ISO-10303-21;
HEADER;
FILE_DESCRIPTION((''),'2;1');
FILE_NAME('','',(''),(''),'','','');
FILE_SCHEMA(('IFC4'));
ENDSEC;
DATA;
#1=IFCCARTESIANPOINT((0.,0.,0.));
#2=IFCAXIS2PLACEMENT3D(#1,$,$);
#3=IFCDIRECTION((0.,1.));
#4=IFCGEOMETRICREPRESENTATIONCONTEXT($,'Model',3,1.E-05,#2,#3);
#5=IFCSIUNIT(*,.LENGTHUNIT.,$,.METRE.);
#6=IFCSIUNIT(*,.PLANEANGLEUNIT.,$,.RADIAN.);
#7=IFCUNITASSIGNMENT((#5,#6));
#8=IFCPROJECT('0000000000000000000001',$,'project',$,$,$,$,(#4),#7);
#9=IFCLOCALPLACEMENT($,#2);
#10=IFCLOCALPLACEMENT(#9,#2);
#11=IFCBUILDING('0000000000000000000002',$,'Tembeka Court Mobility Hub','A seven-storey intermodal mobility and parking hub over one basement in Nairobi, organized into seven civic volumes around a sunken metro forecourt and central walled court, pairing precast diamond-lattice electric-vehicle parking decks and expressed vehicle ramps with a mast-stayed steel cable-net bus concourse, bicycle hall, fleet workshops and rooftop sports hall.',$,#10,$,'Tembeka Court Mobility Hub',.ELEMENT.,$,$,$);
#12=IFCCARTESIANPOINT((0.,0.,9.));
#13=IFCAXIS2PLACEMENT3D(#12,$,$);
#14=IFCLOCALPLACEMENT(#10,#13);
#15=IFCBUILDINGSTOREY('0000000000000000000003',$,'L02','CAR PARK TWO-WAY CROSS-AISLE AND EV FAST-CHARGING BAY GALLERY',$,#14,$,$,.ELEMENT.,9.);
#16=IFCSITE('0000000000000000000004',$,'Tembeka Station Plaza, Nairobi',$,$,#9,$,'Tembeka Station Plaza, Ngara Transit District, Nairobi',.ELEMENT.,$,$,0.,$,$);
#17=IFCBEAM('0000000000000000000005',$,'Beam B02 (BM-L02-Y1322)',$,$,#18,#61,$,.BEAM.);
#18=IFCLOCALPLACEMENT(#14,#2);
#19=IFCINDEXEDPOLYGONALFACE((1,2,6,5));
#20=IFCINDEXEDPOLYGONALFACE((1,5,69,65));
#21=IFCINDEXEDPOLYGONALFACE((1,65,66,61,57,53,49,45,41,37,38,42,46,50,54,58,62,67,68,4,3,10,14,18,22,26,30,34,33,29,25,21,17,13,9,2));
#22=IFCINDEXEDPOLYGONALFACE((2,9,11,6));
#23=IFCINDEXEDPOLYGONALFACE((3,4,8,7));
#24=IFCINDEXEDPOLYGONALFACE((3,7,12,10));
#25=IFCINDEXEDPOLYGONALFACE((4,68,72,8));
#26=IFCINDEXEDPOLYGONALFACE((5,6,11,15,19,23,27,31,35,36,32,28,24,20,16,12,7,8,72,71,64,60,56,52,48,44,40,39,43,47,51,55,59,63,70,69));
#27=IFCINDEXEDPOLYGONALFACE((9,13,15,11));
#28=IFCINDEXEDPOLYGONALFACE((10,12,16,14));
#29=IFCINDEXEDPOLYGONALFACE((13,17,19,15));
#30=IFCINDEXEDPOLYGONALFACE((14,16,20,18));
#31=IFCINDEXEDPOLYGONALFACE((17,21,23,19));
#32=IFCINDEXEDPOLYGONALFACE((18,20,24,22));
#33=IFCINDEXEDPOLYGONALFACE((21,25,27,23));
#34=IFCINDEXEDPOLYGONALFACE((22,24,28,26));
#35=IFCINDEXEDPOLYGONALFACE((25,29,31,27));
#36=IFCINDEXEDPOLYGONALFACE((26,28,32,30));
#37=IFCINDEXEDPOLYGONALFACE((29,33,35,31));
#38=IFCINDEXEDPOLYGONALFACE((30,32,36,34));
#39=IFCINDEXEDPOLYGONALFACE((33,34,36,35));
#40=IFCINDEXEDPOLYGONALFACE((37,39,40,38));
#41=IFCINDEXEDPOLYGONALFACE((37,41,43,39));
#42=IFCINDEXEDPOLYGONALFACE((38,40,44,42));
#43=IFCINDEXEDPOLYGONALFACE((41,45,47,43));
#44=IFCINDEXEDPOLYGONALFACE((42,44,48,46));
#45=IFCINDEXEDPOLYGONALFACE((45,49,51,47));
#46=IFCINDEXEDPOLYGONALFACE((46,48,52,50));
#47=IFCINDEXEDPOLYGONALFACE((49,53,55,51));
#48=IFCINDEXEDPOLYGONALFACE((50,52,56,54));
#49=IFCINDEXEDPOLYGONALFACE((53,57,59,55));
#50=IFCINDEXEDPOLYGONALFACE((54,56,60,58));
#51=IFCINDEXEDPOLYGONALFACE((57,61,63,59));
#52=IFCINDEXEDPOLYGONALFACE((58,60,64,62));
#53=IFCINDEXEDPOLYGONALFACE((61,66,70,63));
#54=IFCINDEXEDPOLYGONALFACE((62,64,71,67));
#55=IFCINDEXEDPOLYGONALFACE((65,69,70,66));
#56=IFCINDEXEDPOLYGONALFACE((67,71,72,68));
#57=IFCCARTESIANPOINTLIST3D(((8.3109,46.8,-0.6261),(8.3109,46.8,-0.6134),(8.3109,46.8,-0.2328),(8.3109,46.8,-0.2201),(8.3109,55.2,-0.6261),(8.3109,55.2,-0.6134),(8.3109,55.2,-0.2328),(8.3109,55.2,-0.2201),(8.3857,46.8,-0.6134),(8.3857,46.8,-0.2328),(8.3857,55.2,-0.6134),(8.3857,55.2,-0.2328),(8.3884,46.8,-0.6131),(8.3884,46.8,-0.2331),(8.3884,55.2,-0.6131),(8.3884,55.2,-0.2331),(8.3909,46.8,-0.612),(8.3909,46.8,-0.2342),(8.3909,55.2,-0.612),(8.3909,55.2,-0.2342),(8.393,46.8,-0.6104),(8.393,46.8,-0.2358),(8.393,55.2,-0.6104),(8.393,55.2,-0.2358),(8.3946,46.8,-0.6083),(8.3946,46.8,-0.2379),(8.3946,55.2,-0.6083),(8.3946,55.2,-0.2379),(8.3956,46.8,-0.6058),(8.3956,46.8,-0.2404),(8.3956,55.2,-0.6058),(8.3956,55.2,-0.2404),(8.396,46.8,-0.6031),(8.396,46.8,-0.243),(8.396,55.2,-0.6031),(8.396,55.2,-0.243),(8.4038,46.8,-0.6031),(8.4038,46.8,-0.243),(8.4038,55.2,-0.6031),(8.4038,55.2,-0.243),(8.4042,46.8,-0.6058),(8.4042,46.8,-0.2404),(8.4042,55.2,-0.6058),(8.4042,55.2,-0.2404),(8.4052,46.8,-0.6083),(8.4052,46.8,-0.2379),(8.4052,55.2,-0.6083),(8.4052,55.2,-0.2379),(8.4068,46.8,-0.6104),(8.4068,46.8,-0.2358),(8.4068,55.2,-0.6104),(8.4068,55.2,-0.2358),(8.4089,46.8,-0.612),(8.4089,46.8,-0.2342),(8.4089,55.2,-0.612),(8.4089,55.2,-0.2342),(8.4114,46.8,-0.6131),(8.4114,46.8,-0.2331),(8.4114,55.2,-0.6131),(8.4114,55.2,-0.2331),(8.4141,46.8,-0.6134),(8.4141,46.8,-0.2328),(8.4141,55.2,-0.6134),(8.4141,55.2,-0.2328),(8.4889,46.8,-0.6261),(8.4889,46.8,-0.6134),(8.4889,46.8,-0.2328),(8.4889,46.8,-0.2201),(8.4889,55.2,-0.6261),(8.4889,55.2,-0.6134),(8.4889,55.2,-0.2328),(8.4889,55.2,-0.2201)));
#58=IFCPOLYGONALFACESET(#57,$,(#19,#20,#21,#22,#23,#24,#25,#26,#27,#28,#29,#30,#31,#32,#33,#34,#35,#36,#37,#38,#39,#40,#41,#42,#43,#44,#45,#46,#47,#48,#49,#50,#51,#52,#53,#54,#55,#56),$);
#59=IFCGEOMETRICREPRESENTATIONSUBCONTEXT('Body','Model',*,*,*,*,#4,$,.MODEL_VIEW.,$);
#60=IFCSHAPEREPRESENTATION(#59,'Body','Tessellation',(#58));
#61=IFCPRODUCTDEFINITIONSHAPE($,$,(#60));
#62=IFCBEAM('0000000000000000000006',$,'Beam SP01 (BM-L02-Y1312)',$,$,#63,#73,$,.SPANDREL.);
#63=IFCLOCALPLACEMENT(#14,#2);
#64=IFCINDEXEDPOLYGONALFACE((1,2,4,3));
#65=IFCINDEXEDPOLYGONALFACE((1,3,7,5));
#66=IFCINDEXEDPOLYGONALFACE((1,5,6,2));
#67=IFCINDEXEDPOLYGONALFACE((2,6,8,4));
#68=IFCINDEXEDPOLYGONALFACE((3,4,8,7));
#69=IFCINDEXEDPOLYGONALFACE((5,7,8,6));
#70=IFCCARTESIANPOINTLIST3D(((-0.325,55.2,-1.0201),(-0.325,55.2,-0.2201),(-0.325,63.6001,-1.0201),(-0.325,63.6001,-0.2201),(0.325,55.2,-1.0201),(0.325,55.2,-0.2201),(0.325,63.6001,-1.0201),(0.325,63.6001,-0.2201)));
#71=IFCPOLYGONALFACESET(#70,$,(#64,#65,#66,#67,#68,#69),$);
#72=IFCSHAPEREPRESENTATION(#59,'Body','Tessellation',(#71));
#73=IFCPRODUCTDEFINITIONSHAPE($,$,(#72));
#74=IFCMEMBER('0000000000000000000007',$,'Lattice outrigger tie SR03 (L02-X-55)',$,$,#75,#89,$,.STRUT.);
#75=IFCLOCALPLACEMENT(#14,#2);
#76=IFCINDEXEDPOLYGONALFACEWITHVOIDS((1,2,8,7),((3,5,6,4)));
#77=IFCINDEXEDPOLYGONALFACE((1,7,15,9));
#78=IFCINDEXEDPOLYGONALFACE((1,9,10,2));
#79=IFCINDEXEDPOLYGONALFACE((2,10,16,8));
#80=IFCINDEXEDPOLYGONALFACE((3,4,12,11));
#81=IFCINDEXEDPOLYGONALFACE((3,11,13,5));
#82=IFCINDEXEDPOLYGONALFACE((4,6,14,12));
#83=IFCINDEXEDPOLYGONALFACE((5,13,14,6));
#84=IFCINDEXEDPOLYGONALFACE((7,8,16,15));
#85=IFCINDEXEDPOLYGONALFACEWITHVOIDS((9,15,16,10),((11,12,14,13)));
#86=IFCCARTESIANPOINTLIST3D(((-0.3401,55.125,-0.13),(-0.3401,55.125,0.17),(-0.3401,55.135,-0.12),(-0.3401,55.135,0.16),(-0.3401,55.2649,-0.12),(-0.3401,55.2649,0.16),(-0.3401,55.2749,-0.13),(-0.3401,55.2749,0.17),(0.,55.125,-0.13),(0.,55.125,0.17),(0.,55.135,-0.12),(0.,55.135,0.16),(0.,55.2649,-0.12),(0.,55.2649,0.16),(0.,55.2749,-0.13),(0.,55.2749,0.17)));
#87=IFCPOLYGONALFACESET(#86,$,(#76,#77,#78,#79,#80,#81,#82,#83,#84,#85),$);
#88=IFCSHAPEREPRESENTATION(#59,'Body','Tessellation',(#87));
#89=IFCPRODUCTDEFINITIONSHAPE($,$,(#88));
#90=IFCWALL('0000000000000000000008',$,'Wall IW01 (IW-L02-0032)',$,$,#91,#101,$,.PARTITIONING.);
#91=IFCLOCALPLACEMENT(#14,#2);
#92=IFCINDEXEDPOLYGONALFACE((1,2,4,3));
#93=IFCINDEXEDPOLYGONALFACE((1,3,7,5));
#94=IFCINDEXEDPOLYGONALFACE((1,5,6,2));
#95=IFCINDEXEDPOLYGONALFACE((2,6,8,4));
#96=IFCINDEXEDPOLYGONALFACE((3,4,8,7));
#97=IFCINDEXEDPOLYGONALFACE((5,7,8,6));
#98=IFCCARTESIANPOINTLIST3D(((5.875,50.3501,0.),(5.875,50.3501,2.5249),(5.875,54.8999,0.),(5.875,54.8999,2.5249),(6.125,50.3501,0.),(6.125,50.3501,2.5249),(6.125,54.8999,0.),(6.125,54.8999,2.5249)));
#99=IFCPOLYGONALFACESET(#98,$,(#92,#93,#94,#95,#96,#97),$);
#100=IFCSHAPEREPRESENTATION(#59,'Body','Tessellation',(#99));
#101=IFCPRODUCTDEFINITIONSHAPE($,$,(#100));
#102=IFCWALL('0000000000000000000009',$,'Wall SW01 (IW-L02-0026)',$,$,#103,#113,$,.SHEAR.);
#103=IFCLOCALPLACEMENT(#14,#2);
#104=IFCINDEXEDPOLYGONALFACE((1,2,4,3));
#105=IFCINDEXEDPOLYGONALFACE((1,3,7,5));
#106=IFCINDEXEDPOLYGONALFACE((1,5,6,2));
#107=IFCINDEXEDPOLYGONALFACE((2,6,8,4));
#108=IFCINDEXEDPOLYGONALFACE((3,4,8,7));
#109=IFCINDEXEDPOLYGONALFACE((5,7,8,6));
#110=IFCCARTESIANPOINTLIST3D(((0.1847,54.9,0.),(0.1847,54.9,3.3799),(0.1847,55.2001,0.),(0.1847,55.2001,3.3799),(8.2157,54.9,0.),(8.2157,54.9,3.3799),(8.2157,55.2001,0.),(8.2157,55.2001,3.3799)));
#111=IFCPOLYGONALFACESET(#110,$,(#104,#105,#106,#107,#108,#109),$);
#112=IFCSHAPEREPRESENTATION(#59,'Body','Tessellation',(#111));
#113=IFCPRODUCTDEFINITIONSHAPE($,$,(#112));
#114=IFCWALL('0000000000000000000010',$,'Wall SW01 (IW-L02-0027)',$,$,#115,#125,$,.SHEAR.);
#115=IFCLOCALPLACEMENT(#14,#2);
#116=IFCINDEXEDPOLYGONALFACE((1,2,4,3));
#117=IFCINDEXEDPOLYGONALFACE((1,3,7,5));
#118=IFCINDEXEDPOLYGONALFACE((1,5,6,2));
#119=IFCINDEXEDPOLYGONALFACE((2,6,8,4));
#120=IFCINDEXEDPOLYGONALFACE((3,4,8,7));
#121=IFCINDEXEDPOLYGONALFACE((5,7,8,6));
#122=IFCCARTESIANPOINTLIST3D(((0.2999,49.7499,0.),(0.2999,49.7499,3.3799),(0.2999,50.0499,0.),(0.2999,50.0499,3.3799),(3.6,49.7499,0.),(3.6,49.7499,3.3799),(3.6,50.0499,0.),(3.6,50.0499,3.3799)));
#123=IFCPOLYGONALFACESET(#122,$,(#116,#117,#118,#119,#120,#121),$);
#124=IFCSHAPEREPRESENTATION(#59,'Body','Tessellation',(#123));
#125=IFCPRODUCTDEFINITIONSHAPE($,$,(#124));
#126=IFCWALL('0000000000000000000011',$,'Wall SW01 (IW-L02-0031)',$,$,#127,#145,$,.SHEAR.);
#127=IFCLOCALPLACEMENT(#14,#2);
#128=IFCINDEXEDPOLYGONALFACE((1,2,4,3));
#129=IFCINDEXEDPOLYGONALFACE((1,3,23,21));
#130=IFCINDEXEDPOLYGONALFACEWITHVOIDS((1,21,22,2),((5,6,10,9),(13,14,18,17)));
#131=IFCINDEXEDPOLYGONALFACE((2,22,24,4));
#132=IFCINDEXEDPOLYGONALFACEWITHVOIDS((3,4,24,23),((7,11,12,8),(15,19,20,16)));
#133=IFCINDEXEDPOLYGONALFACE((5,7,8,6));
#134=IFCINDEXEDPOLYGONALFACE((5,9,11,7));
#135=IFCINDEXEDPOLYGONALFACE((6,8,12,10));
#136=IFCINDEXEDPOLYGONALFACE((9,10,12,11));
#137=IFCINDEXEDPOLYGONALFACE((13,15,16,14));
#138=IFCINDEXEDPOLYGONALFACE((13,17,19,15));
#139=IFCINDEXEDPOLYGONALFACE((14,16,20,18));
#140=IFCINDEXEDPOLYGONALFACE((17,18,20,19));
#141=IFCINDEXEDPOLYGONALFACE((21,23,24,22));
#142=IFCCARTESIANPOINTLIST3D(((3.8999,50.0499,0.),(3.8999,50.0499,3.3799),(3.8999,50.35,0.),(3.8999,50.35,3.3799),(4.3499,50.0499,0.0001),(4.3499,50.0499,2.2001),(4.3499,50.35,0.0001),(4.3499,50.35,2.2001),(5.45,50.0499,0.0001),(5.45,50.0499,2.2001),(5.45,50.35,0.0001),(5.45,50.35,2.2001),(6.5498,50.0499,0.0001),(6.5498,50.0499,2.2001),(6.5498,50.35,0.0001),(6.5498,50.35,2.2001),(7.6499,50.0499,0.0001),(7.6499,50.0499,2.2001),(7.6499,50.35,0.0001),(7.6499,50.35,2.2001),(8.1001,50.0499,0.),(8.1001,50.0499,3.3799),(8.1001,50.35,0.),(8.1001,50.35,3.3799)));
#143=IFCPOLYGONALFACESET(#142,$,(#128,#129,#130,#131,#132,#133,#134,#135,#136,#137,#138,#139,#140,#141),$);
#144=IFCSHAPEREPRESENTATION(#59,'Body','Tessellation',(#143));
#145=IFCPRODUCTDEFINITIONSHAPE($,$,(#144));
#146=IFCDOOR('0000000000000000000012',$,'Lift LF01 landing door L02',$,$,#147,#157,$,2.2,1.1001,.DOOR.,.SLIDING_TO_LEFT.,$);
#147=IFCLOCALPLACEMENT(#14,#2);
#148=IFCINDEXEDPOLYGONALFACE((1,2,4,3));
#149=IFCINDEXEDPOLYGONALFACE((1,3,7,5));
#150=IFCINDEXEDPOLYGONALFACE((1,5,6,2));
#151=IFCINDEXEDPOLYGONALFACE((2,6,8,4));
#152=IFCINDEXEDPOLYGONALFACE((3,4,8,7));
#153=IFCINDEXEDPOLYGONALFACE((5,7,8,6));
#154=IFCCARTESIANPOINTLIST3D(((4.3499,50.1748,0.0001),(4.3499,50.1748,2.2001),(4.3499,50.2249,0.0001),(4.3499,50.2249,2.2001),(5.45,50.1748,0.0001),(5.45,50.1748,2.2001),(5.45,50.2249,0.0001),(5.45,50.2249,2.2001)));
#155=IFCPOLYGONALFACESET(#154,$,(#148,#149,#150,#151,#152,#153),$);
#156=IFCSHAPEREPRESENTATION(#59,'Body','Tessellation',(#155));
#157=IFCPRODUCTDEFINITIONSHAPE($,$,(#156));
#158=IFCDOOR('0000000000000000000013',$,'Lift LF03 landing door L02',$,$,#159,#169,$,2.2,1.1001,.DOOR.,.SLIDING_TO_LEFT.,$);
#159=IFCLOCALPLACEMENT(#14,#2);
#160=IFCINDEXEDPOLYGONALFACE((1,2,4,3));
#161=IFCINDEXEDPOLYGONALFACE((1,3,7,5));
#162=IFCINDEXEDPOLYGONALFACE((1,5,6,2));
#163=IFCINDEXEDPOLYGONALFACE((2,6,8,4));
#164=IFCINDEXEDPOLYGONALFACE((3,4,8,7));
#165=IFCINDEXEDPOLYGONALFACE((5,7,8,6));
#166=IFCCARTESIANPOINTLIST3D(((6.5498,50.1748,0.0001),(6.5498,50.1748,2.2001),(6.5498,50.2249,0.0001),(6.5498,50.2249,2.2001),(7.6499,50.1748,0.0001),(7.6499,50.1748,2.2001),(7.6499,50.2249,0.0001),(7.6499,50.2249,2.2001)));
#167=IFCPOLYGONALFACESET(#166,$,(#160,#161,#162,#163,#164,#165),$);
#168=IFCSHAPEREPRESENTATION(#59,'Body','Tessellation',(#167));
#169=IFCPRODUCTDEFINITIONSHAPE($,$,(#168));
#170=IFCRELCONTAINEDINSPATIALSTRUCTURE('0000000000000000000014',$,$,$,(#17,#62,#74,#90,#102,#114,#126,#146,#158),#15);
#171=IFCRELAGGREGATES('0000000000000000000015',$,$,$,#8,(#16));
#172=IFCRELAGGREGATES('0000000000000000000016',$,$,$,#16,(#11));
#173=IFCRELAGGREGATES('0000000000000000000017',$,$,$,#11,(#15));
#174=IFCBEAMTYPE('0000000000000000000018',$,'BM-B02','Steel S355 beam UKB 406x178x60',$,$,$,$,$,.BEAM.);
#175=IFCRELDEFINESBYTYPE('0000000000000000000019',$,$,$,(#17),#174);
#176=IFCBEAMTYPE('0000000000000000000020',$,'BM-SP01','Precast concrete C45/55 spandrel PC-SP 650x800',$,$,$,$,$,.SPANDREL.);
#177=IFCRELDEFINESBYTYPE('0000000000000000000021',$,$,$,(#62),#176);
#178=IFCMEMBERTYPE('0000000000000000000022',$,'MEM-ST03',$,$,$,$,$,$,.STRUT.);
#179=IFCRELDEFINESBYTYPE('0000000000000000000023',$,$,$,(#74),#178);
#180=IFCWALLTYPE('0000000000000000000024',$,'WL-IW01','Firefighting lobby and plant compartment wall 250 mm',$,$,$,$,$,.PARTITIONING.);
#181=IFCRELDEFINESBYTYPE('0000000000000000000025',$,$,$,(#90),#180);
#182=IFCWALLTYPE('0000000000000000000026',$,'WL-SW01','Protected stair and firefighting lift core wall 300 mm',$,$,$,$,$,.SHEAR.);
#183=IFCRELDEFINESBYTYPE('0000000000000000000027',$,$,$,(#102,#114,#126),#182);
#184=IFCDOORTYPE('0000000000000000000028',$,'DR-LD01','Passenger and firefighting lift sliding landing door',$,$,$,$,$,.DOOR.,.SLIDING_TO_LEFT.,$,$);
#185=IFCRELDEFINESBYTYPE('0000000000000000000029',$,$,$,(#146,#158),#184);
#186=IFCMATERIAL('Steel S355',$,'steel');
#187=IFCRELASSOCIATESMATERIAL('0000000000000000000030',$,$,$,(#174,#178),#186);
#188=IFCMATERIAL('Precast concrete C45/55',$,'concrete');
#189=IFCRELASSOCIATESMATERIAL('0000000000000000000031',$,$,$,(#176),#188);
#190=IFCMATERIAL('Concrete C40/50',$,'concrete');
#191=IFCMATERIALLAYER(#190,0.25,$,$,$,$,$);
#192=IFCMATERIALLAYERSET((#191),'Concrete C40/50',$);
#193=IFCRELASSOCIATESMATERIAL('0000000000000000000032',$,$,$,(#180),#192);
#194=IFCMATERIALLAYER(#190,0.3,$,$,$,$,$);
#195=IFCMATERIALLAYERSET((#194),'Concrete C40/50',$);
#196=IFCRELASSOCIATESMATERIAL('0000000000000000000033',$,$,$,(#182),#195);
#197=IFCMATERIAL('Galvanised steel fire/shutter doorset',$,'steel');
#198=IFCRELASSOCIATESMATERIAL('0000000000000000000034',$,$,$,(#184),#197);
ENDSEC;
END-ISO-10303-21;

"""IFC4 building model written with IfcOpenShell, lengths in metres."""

from ifc_helpers import new_model, si_unit, direction, frame, frame_2d, origin, origin_2d, place, context, subcontext, project, spatial, rectangle, hollow_rectangle, i_section, extrude, material, layer, layer_set, material_profile, profile_set, type_object, element, fill, save


model = new_model("IFC4")

# Units and contexts
model_context = context("Model", 3, precision=1e-05, world=origin(), true_north=direction((0.0, 1.0)))
body_context = subcontext(model_context, "Body", "Model", "MODEL_VIEW")
ifc_project = project(units=[si_unit("LENGTHUNIT", "METRE"), si_unit("PLANEANGLEUNIT", "RADIAN")], contexts=[model_context])

# Site, building, storey
site_placement = place(None, origin())
site = spatial("IfcSite", under=ifc_project, at=site_placement, Name="Tembeka Station Plaza, Nairobi", LongName="Tembeka Station Plaza, Ngara Transit District, Nairobi", CompositionType="ELEMENT", RefElevation=0.0)
building_placement = place(site_placement, origin())
building = spatial("IfcBuilding", under=site, at=building_placement, Name="Tembeka Court Mobility Hub", Description="A seven-storey intermodal mobility and parking hub over one basement in Nairobi, organized into seven civic volumes around a sunken metro forecourt and central walled court, pairing precast diamond-lattice electric-vehicle parking decks and expressed vehicle ramps with a mast-stayed steel cable-net bus concourse, bicycle hall, fleet workshops and rooftop sports hall.", LongName="Tembeka Court Mobility Hub", CompositionType="ELEMENT")
storey_placement = place(building_placement, frame((0.0, 0.0, 9.0)))
storey = spatial("IfcBuildingStorey", under=building, at=storey_placement, Name="L02", Description="CAR PARK TWO-WAY CROSS-AISLE AND EV FAST-CHARGING BAY GALLERY", CompositionType="ELEMENT", Elevation=9.0)

# Shared definitions
ifc_material_1 = material(Name="Steel S355", Category="steel")

# Beams
ifc_material_profile_1 = material_profile(ifc_material_1, i_section(OverallWidth=0.178, OverallDepth=0.406, WebThickness=0.0078, FlangeThickness=0.0127, FilletRadius=0.0103, at=origin_2d()), Name="UKB 406x178x60")
ifc_profile_set_1 = profile_set([ifc_material_profile_1], Name="Steel S355")
beam_type_1 = type_object("IfcBeamType", Name="BM-B02", Description="Steel S355 beam UKB 406x178x60", PredefinedType="BEAM", material=ifc_profile_set_1)
beam_1_placement = place(storey_placement, frame((8.3999, 46.8, -0.4231), z_axis=(0.0, 1.0, 0.0), x_axis=(-1.0, 0.0, 0.0)))
element("IfcBeam", 1, at=beam_1_placement, inside=storey, type_object=beam_type_1, Name="Beam B02 (BM-L02-Y1322)", PredefinedType="BEAM", context=body_context, shape_type="SweptSolid", body=[
    extrude(i_section(OverallWidth=0.178, OverallDepth=0.406, WebThickness=0.0078, FlangeThickness=0.0127, FilletRadius=0.0103, at=origin_2d()), origin(), (0.0, 0.0, 1.0), 8.3999),
])
ifc_material_2 = material(Name="Precast concrete C45/55", Category="concrete")
ifc_material_profile_2 = material_profile(ifc_material_2, rectangle(XDim=0.6499, YDim=0.8, at=origin_2d()), Name="PC-SP 650x800")
ifc_profile_set_2 = profile_set([ifc_material_profile_2], Name="Precast concrete C45/55")
beam_type_2 = type_object("IfcBeamType", Name="BM-SP01", Description="Precast concrete C45/55 spandrel PC-SP 650x800", PredefinedType="SPANDREL", material=ifc_profile_set_2)
beam_2_placement = place(storey_placement, frame((0.0, 55.2, -0.6201), z_axis=(0.0, 1.0, 0.0), x_axis=(-1.0, 0.0, 0.0)))
element("IfcBeam", 2, at=beam_2_placement, inside=storey, type_object=beam_type_2, Name="Beam SP01 (BM-L02-Y1312)", PredefinedType="SPANDREL", context=body_context, shape_type="SweptSolid", body=[
    extrude(rectangle(XDim=0.6499, YDim=0.8, at=origin_2d()), origin(), (0.0, 0.0, 1.0), 8.4001),
])

# Member
ifc_material_profile_3 = material_profile(ifc_material_1, hollow_rectangle(XDim=0.1499, YDim=0.3, WallThickness=0.01, at=origin_2d()), Name="RHS 300x150x10")
ifc_profile_set_3 = profile_set([ifc_material_profile_3], Name="Steel S355")
member_type = type_object("IfcMemberType", Name="MEM-ST03", PredefinedType="STRUT", material=ifc_profile_set_3)
member_placement = place(storey_placement, frame((0.0, 55.2, 0.02), z_axis=(-1.0, 0.0, 0.0), x_axis=(0.0, -1.0, 0.0)))
element("IfcMember", 3, at=member_placement, inside=storey, type_object=member_type, Name="Lattice outrigger tie SR03 (L02-X-55)", PredefinedType="STRUT", context=body_context, shape_type="SweptSolid", body=[
    extrude(hollow_rectangle(XDim=0.1499, YDim=0.3, WallThickness=0.01, at=origin_2d()), origin(), (0.0, 0.0, 1.0), 0.3401),
])

# Walls
ifc_material_3 = material(Name="Concrete C40/50", Category="concrete")
ifc_layer_1 = layer(ifc_material_3, 0.25)
ifc_layer_set_1 = layer_set([ifc_layer_1], Name="Concrete C40/50")
wall_type_1 = type_object("IfcWallType", Name="WL-IW01", Description="Firefighting lobby and plant compartment wall 250 mm", PredefinedType="PARTITIONING", material=ifc_layer_set_1)
wall_1_placement = place(storey_placement, frame((6.0, 50.3501, 0.0), z_axis=(0.0, 0.0, 1.0), x_axis=(0.0, 1.0, 0.0)))
element("IfcWall", 4, at=wall_1_placement, inside=storey, type_object=wall_type_1, Name="Wall IW01 (IW-L02-0032)", PredefinedType="PARTITIONING", context=body_context, shape_type="SweptSolid", body=[
    extrude(rectangle(XDim=4.5498, YDim=0.25, at=frame_2d((2.2749, 0.0))), origin(), (0.0, 0.0, 1.0), 2.5249),
])
ifc_layer_2 = layer(ifc_material_3, 0.3)
ifc_layer_set_2 = layer_set([ifc_layer_2], Name="Concrete C40/50")
wall_type_2 = type_object("IfcWallType", Name="WL-SW01", Description="Protected stair and firefighting lift core wall 300 mm", PredefinedType="SHEAR", material=ifc_layer_set_2)
wall_2_placement = place(storey_placement, frame((0.1846, 55.05, 0.0), z_axis=(0.0, 0.0, 1.0), x_axis=(1.0, 0.0, 0.0)))
element("IfcWall", 5, at=wall_2_placement, inside=storey, type_object=wall_type_2, Name="Wall SW01 (IW-L02-0026)", PredefinedType="SHEAR", context=body_context, shape_type="SweptSolid", body=[
    extrude(rectangle(XDim=8.031, YDim=0.3, at=frame_2d((4.0156, 0.0))), origin(), (0.0, 0.0, 1.0), 3.3799),
])
wall_3_placement = place(storey_placement, frame((0.3, 49.8999, 0.0), z_axis=(0.0, 0.0, 1.0), x_axis=(1.0, 0.0, 0.0)))
element("IfcWall", 6, at=wall_3_placement, inside=storey, type_object=wall_type_2, Name="Wall SW01 (IW-L02-0027)", PredefinedType="SHEAR", context=body_context, shape_type="SweptSolid", body=[
    extrude(rectangle(XDim=3.3, YDim=0.3, at=frame_2d((1.6499, 0.0))), origin(), (0.0, 0.0, 1.0), 3.3799),
])

# Wall, openings, doors
wall_4_placement = place(storey_placement, frame((3.8999, 50.2, 0.0), z_axis=(0.0, 0.0, 1.0), x_axis=(1.0, 0.0, 0.0)))
wall_4 = element("IfcWall", 7, at=wall_4_placement, inside=storey, type_object=wall_type_2, Name="Wall SW01 (IW-L02-0031)", PredefinedType="SHEAR", context=body_context, shape_type="SweptSolid", body=[
    extrude(rectangle(XDim=4.2002, YDim=0.3, at=frame_2d((2.1001, 0.0))), origin(), (0.0, 0.0, 1.0), 3.3799),
])
opening_1_placement = place(wall_4_placement, frame((0.45, 0.0, 0.0)))
opening_1 = element("IfcOpeningElement", 8, at=opening_1_placement, cuts=wall_4, PredefinedType="OPENING", context=body_context, shape_type="SweptSolid", body=[
    extrude(rectangle(XDim=1.1001, YDim=2.2, at=frame_2d((0.55, 1.1001))), frame((0.0, 0.1602, 0.0), z_axis=(0.0, -1.0, 0.0), x_axis=(1.0, 0.0, 0.0)), (0.0, 0.0, 1.0), 0.3201),
])
opening_2_placement = place(wall_4_placement, frame((2.6499, 0.0, 0.0)))
opening_2 = element("IfcOpeningElement", 9, at=opening_2_placement, cuts=wall_4, PredefinedType="OPENING", context=body_context, shape_type="SweptSolid", body=[
    extrude(rectangle(XDim=1.1001, YDim=2.2, at=frame_2d((0.55, 1.1001))), frame((0.0, 0.1602, 0.0), z_axis=(0.0, -1.0, 0.0), x_axis=(1.0, 0.0, 0.0)), (0.0, 0.0, 1.0), 0.3201),
])
ifc_material_4 = material(Name="Galvanised steel fire/shutter doorset", Category="steel")
door_type = type_object("IfcDoorType", Name="DR-LD01", Description="Passenger and firefighting lift sliding landing door", OperationType="SLIDING_TO_LEFT", PredefinedType="DOOR", material=ifc_material_4)
door_1_placement = place(opening_1_placement, origin())
door_1 = element("IfcDoor", 10, at=door_1_placement, inside=storey, type_object=door_type, Name="Lift LF01 landing door L02", OperationType="SLIDING_TO_LEFT", OverallHeight=2.2, OverallWidth=1.1001, PredefinedType="DOOR", context=body_context, shape_type="SweptSolid", body=[
    extrude(rectangle(XDim=1.1001, YDim=2.2, at=frame_2d((0.55, 1.1001))), frame((0.0, 0.0249, 0.0), z_axis=(0.0, -1.0, 0.0), x_axis=(1.0, 0.0, 0.0)), (0.0, 0.0, 1.0), 0.05),
])
fill(opening_1, door_1)
door_2_placement = place(opening_2_placement, origin())
door_2 = element("IfcDoor", 11, at=door_2_placement, inside=storey, type_object=door_type, Name="Lift LF03 landing door L02", OperationType="SLIDING_TO_LEFT", OverallHeight=2.2, OverallWidth=1.1001, PredefinedType="DOOR", context=body_context, shape_type="SweptSolid", body=[
    extrude(rectangle(XDim=1.1001, YDim=2.2, at=frame_2d((0.55, 1.1001))), frame((0.0, 0.0249, 0.0), z_axis=(0.0, -1.0, 0.0), x_axis=(1.0, 0.0, 0.0)), (0.0, 0.0, 1.0), 0.05),
])
fill(opening_2, door_2)

save(model, "model.ifc")
